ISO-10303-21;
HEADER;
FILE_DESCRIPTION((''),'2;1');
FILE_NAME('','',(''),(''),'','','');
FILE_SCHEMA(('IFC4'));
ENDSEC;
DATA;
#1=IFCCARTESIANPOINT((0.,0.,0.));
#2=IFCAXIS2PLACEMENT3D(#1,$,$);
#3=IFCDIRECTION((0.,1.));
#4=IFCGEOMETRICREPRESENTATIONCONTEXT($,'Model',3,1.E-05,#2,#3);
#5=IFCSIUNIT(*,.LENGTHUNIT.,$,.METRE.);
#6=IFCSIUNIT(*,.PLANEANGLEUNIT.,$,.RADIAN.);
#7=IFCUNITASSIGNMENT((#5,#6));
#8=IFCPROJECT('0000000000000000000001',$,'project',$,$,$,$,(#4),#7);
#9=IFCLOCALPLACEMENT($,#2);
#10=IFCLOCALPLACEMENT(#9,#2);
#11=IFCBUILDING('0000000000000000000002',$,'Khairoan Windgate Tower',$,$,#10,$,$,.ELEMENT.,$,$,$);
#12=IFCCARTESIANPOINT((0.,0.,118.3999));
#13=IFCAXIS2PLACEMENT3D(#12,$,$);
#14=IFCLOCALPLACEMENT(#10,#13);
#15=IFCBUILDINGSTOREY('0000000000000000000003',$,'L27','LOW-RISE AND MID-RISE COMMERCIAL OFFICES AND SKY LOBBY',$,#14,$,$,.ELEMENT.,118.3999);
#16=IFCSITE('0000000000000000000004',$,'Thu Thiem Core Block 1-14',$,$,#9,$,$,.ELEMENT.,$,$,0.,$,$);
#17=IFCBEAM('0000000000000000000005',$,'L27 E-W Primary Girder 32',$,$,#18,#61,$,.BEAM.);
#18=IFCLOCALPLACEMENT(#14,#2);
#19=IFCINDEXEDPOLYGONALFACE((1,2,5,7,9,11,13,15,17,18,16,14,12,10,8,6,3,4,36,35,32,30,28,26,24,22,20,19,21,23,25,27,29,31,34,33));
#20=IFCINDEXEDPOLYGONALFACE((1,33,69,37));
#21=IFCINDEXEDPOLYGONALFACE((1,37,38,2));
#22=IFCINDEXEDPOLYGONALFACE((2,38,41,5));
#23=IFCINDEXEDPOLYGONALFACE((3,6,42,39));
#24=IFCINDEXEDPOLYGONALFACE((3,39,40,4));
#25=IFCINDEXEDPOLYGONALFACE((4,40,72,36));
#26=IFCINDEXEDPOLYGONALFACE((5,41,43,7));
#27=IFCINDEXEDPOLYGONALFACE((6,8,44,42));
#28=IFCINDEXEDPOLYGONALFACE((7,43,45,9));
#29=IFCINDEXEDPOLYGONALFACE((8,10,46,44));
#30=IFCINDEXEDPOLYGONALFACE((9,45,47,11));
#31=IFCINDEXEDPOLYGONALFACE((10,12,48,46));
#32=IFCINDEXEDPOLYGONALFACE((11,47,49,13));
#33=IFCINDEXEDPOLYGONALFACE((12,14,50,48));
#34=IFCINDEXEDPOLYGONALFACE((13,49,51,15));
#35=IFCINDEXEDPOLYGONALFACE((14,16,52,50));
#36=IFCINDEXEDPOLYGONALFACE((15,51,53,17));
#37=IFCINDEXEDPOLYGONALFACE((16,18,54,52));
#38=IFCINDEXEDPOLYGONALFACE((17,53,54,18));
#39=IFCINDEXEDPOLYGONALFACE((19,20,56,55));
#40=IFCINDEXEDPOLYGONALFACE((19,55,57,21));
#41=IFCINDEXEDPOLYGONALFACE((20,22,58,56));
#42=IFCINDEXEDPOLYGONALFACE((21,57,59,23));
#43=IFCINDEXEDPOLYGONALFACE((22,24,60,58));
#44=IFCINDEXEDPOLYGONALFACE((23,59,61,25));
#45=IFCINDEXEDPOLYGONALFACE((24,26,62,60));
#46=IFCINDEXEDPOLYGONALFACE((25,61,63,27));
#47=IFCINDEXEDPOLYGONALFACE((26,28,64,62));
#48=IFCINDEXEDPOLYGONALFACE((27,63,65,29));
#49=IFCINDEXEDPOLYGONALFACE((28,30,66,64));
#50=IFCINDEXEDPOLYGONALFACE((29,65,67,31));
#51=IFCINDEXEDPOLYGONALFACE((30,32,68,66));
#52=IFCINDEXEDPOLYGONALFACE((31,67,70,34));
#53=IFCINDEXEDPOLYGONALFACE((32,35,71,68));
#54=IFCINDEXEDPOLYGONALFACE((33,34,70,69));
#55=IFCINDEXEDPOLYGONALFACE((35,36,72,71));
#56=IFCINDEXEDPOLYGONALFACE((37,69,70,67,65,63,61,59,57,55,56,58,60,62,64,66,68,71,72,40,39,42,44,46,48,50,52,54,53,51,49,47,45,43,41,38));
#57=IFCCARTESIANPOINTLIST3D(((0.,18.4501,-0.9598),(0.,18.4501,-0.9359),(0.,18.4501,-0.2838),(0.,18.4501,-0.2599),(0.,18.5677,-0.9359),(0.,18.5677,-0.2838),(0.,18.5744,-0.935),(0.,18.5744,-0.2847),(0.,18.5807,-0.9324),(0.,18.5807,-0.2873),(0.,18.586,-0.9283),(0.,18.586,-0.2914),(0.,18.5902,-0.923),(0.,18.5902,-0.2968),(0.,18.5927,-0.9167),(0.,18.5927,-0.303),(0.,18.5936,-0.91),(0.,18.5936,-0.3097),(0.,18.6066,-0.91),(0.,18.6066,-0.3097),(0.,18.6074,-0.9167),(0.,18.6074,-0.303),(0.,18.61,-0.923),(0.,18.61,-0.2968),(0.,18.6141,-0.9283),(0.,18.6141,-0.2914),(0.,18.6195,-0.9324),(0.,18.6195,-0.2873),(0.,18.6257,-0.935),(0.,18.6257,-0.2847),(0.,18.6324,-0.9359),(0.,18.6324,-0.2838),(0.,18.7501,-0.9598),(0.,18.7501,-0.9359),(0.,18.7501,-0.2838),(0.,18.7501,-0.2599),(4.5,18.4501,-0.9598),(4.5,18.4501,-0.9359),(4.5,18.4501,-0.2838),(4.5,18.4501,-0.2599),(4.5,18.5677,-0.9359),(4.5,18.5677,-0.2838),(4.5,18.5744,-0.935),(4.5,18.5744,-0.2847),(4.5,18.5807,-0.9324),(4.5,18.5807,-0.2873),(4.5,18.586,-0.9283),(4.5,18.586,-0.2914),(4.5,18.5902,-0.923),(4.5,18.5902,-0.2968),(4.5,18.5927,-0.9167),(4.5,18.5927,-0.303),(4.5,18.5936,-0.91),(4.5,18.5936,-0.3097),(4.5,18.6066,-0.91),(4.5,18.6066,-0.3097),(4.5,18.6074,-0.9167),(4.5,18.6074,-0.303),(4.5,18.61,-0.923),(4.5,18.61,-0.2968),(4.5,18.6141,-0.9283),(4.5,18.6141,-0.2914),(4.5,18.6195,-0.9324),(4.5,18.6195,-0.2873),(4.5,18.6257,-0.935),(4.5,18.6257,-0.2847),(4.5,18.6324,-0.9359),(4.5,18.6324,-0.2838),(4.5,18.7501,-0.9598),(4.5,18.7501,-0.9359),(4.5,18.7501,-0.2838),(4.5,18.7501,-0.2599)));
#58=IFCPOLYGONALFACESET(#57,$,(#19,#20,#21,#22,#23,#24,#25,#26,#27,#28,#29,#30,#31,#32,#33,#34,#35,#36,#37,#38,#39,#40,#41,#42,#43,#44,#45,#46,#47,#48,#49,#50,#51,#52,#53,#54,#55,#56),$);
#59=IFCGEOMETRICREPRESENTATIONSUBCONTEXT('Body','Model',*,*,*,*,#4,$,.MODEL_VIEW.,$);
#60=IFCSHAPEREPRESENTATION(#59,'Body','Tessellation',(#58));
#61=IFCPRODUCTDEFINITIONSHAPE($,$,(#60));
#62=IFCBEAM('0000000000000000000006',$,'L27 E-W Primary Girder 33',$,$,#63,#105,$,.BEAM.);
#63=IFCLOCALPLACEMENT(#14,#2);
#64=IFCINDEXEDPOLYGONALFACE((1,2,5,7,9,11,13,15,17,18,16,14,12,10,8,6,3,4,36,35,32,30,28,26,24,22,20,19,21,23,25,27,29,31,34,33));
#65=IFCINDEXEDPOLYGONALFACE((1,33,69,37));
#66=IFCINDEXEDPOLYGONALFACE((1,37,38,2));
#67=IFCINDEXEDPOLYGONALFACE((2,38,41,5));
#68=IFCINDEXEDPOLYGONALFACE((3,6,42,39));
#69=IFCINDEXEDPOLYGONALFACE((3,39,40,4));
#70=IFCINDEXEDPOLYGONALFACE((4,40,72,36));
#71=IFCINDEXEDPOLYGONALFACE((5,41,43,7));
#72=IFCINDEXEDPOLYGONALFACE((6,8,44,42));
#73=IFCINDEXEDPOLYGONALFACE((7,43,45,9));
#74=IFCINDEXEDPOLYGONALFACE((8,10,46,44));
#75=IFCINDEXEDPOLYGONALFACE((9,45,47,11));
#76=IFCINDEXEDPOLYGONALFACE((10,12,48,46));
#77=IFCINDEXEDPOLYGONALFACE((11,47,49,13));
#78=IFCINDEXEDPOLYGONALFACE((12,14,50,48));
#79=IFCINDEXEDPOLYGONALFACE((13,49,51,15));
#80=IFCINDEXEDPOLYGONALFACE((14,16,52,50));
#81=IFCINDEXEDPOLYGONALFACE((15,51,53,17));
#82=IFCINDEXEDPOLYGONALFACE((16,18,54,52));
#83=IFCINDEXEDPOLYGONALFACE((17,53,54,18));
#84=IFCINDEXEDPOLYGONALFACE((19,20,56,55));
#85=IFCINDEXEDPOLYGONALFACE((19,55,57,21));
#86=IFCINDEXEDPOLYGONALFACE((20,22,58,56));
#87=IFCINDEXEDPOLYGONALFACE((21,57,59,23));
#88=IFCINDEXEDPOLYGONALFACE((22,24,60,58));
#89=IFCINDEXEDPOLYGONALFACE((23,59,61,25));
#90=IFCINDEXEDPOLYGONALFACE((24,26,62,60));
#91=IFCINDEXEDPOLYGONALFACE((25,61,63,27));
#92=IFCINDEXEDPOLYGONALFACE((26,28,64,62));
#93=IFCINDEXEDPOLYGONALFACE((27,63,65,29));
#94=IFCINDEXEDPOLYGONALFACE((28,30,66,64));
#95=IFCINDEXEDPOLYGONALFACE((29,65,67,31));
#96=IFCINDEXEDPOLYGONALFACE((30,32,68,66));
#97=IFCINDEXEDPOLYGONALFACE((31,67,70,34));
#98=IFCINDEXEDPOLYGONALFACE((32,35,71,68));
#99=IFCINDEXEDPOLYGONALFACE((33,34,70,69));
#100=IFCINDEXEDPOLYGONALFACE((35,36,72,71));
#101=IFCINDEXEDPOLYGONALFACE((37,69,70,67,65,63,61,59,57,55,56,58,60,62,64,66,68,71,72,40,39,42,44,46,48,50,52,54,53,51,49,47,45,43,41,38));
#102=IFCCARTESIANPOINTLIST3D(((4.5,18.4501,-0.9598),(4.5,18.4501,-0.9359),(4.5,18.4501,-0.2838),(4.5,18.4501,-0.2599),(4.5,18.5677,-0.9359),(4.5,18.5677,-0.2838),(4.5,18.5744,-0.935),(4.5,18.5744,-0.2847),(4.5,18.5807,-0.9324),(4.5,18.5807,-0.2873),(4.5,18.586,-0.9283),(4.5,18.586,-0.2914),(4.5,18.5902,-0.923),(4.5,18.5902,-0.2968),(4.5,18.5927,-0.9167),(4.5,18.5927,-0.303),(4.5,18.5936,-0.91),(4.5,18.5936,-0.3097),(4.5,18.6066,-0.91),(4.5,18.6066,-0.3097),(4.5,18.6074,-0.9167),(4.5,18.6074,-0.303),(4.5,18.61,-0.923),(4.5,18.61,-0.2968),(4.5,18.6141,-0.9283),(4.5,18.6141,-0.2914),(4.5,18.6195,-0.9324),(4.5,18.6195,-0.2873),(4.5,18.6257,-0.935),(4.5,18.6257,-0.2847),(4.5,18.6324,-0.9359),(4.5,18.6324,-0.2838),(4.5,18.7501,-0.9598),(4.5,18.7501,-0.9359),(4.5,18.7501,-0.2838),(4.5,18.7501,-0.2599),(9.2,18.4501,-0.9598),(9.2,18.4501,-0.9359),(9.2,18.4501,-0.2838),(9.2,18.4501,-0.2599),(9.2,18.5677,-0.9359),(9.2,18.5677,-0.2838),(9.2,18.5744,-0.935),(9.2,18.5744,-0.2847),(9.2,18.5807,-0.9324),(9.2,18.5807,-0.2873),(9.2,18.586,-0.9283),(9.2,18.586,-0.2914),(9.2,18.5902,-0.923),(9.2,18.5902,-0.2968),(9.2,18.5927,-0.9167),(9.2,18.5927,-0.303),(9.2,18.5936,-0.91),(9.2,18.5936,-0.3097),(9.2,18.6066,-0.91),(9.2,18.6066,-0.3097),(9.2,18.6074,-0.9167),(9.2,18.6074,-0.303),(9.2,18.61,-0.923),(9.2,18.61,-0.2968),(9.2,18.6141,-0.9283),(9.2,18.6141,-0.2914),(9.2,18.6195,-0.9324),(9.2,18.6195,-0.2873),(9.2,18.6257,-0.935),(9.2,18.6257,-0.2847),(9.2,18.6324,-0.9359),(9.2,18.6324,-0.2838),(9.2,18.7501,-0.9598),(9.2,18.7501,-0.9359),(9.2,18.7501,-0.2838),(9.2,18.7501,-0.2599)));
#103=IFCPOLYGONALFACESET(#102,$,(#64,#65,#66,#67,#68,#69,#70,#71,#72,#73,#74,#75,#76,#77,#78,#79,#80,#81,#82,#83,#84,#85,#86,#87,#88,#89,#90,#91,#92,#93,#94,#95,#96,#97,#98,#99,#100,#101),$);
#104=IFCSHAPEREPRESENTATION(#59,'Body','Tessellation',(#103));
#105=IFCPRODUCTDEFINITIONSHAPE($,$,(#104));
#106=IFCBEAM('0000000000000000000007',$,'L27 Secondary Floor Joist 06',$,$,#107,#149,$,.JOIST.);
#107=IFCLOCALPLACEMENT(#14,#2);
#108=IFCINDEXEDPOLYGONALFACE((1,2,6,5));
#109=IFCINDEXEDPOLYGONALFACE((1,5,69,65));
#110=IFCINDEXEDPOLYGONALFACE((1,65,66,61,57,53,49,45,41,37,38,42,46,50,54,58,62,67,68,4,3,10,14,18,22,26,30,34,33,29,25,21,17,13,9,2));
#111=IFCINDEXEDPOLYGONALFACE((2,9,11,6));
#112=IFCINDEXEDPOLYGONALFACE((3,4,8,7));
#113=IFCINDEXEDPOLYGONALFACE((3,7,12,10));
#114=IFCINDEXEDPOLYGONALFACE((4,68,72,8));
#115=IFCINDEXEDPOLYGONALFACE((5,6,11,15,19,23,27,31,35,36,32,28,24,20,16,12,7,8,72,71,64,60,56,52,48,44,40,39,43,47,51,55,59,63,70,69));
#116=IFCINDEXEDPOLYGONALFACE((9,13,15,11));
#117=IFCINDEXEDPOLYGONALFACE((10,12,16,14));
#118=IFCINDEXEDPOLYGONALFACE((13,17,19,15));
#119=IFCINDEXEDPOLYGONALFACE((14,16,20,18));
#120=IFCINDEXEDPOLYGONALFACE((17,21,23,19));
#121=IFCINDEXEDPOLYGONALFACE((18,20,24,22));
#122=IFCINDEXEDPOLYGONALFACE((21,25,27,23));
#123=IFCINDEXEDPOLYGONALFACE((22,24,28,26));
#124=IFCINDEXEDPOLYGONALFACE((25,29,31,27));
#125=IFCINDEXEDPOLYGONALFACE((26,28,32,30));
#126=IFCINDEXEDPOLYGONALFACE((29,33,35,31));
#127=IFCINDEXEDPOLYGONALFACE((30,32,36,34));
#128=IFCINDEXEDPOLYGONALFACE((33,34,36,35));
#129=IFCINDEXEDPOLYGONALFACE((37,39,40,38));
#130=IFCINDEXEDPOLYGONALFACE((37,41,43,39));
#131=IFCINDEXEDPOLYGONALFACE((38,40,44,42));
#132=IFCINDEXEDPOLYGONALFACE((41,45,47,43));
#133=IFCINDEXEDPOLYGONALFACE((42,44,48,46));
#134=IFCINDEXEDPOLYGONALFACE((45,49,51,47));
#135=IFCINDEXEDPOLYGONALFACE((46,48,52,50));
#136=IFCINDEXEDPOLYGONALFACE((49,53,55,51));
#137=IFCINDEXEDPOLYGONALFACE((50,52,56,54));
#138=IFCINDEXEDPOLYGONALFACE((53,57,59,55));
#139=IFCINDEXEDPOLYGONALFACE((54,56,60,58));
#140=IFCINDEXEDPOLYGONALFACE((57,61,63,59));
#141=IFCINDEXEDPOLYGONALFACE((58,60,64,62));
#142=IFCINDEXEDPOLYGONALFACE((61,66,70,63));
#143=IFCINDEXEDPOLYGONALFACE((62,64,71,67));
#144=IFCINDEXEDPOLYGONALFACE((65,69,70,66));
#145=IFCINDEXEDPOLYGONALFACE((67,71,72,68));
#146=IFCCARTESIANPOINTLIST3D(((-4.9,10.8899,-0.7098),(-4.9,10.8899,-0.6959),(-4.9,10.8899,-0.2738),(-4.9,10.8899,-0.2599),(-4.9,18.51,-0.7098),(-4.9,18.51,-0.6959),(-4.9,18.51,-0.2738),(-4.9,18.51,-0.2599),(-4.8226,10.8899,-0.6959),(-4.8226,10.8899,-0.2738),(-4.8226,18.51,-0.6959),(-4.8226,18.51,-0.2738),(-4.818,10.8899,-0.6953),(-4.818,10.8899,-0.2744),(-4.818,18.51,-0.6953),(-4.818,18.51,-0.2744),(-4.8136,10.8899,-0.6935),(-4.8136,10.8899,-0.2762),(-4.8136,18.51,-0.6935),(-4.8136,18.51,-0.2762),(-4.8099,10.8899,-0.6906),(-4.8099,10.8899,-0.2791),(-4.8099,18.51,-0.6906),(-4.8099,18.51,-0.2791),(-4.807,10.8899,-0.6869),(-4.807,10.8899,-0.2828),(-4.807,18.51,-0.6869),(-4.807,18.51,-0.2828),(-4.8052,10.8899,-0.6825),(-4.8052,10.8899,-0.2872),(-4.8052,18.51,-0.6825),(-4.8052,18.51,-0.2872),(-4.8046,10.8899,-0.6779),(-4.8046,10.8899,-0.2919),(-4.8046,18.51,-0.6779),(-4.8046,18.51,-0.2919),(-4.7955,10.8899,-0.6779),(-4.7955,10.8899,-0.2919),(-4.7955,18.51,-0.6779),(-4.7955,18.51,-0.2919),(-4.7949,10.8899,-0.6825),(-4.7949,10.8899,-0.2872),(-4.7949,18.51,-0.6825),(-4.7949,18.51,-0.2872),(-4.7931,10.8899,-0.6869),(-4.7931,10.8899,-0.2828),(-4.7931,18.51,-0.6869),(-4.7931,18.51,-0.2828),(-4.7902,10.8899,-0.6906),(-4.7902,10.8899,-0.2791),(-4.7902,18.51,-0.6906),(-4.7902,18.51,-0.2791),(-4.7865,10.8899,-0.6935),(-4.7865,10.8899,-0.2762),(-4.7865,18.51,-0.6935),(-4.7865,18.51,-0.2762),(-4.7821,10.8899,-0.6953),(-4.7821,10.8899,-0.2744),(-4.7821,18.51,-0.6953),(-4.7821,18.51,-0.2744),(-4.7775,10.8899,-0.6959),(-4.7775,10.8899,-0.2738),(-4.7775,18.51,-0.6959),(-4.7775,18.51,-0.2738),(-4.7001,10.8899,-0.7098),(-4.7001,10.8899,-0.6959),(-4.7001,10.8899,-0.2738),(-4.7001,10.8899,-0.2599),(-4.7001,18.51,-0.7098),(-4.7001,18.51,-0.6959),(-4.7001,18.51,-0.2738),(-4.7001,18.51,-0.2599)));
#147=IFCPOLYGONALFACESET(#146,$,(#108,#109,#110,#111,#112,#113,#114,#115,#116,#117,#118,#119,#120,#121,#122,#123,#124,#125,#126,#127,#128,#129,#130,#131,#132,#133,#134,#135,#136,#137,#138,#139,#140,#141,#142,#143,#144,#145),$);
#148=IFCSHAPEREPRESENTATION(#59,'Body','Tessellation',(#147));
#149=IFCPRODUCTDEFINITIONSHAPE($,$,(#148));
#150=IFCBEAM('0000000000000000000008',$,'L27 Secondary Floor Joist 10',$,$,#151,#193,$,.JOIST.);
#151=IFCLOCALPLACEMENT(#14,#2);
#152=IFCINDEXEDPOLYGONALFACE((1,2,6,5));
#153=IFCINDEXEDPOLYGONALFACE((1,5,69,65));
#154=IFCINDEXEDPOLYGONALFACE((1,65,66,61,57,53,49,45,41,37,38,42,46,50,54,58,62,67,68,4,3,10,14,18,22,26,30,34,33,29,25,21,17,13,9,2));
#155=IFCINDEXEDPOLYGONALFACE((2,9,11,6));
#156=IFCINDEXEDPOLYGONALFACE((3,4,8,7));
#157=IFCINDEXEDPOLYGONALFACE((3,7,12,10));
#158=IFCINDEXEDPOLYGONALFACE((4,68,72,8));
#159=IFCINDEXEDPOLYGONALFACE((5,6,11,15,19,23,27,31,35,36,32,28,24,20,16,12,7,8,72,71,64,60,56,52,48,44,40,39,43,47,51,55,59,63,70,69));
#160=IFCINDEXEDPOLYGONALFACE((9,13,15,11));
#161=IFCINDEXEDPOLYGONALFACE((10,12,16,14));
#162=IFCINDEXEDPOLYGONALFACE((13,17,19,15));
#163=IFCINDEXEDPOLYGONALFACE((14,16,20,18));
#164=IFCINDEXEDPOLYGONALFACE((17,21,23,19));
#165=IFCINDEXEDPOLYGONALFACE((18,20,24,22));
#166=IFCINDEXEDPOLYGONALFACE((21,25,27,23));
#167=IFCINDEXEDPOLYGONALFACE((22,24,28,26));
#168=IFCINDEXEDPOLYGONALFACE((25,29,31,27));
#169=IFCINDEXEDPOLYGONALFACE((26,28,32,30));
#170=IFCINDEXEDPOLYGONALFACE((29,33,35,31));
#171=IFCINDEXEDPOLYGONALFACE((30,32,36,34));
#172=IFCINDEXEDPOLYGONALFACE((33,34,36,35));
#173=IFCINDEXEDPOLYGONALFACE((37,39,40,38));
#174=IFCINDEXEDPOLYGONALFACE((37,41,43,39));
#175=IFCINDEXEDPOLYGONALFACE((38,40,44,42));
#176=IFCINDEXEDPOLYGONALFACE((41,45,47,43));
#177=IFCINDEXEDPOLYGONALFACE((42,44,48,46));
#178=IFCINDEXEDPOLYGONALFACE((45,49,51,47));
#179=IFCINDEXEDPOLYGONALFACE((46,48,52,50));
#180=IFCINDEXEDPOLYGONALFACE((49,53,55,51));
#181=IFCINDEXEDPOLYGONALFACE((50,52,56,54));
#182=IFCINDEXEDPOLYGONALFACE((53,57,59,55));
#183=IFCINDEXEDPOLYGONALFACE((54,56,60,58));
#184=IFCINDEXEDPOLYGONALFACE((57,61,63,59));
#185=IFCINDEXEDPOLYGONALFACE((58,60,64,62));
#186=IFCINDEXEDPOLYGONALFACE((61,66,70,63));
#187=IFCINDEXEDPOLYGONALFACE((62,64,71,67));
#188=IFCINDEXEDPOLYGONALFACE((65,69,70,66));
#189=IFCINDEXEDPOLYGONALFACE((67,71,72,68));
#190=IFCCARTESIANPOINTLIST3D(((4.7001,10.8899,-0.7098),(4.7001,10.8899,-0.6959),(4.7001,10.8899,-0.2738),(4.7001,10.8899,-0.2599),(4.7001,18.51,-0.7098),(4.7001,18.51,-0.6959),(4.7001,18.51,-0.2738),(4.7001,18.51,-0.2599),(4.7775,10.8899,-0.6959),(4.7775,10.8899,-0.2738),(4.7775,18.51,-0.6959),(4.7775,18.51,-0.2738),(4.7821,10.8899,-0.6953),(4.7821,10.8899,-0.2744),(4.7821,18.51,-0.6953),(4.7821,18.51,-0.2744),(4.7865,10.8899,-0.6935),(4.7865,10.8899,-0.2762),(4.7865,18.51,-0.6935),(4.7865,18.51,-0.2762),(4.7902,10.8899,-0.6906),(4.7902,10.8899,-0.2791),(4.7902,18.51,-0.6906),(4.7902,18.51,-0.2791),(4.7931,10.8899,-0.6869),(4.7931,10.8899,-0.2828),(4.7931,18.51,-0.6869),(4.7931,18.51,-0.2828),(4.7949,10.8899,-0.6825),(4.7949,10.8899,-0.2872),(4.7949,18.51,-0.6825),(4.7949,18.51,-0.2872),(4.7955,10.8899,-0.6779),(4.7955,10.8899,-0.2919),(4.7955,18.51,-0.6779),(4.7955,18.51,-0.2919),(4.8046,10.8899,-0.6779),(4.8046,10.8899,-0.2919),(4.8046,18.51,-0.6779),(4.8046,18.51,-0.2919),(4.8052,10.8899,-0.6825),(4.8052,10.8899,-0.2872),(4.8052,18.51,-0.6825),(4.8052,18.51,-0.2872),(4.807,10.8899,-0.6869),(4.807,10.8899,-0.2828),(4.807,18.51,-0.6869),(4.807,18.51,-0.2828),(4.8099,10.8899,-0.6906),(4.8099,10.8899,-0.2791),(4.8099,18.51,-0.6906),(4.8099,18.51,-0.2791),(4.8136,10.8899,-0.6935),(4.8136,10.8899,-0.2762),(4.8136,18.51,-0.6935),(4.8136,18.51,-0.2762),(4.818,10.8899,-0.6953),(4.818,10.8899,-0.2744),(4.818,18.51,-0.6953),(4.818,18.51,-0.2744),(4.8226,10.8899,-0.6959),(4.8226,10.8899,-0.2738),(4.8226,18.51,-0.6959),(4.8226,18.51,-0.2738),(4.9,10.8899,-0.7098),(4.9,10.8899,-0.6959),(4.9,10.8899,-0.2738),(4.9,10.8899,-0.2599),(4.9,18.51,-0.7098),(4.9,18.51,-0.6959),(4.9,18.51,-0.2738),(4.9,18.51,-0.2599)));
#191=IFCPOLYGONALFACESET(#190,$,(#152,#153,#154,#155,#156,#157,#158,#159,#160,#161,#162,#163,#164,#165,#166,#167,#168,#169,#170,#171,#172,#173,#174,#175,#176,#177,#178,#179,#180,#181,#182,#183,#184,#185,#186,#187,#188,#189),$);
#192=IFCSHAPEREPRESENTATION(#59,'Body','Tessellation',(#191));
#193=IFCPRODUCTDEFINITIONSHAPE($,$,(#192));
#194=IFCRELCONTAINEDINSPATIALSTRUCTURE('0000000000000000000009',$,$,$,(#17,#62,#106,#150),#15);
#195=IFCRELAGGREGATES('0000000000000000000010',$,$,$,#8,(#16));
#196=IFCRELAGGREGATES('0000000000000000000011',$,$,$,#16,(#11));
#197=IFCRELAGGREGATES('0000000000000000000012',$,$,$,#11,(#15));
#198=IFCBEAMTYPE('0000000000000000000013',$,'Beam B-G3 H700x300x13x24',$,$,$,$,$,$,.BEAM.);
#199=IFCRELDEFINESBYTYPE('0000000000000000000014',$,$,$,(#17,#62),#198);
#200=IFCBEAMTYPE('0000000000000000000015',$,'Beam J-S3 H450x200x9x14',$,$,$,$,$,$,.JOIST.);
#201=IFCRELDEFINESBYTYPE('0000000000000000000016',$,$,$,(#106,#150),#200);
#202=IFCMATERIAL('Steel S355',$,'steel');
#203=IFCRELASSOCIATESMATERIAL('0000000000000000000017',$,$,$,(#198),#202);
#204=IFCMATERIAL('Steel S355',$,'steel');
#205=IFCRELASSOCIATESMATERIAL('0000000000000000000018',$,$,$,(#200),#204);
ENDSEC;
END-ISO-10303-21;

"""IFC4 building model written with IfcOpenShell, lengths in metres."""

from ifc_helpers import new_model, si_unit, direction, frame, origin, origin_2d, place, context, subcontext, project, spatial, i_section, extrude, material, material_profile, profile_set, type_object, element, save


model = new_model("IFC4")

# Units and contexts
model_context = context("Model", 3, precision=1e-05, world=origin(), true_north=direction((0.0, 1.0)))
body_context = subcontext(model_context, "Body", "Model", "MODEL_VIEW")
ifc_project = project(units=[si_unit("LENGTHUNIT", "METRE"), si_unit("PLANEANGLEUNIT", "RADIAN")], contexts=[model_context])

# Site, building, storey
site_placement = place(None, origin())
site = spatial("IfcSite", under=ifc_project, at=site_placement, Name="Thu Thiem Core Block 1-14", CompositionType="ELEMENT", RefElevation=0.0)
building_placement = place(site_placement, origin())
building = spatial("IfcBuilding", under=site, at=building_placement, Name="Khairoan Windgate Tower", CompositionType="ELEMENT")
storey_placement = place(building_placement, frame((0.0, 0.0, 118.3999)))
storey = spatial("IfcBuildingStorey", under=building, at=storey_placement, Name="L27", Description="LOW-RISE AND MID-RISE COMMERCIAL OFFICES AND SKY LOBBY", CompositionType="ELEMENT", Elevation=118.3999)

# Beams
ifc_material_1 = material(Name="Steel S355", Category="steel")
ifc_material_profile_1 = material_profile(ifc_material_1, i_section(OverallWidth=0.3, OverallDepth=0.7, WebThickness=0.0129, FlangeThickness=0.0239, FilletRadius=0.0259, at=origin_2d()))
ifc_profile_set_1 = profile_set([ifc_material_profile_1], Name="Steel S355")
beam_type_1 = type_object("IfcBeamType", Name="Beam B-G3 H700x300x13x24", PredefinedType="BEAM", material=ifc_profile_set_1)
for number, where, z_axis, x_axis, name in (
    (1, (0.0, 18.6001, -0.6099), (1.0, 0.0, 0.0), (0.0, 1.0, 0.0), "L27 E-W Primary Girder 32"),
):
    element("IfcBeam", number, at=place(storey_placement, frame(where, z_axis=z_axis, x_axis=x_axis)), inside=storey, type_object=beam_type_1, Name=name, PredefinedType="BEAM", context=body_context, shape_type="SweptSolid", body=[
        extrude(i_section(OverallWidth=0.3, OverallDepth=0.7, WebThickness=0.0129, FlangeThickness=0.0239, FilletRadius=0.0259, at=origin_2d()), origin(), (0.0, 0.0, 1.0), 4.5),
    ])
beam_1_placement = place(storey_placement, frame((4.5, 18.6001, -0.6099), z_axis=(1.0, 0.0, 0.0), x_axis=(0.0, 1.0, 0.0)))
element("IfcBeam", 2, at=beam_1_placement, inside=storey, type_object=beam_type_1, Name="L27 E-W Primary Girder 33", PredefinedType="BEAM", context=body_context, shape_type="SweptSolid", body=[
    extrude(i_section(OverallWidth=0.3, OverallDepth=0.7, WebThickness=0.0129, FlangeThickness=0.0239, FilletRadius=0.0259, at=origin_2d()), origin(), (0.0, 0.0, 1.0), 4.7),
])
ifc_material_2 = material(Name="Steel S355", Category="steel")
ifc_material_profile_2 = material_profile(ifc_material_2, i_section(OverallWidth=0.2, OverallDepth=0.45, WebThickness=0.009, FlangeThickness=0.0139, FilletRadius=0.0181, at=origin_2d()))
ifc_profile_set_2 = profile_set([ifc_material_profile_2], Name="Steel S355")
beam_type_2 = type_object("IfcBeamType", Name="Beam J-S3 H450x200x9x14", PredefinedType="JOIST", material=ifc_profile_set_2)
for number, where, z_axis, x_axis, name in (
    (3, (-4.8, 10.8899, -0.4849), (0.0, 1.0, 0.0), (-1.0, 0.0, 0.0), "L27 Secondary Floor Joist 06"),
    (4, (4.8, 10.8899, -0.4849), (0.0, 1.0, 0.0), (-1.0, 0.0, 0.0), "L27 Secondary Floor Joist 10"),
):
    element("IfcBeam", number, at=place(storey_placement, frame(where, z_axis=z_axis, x_axis=x_axis)), inside=storey, type_object=beam_type_2, Name=name, PredefinedType="JOIST", context=body_context, shape_type="SweptSolid", body=[
        extrude(i_section(OverallWidth=0.2, OverallDepth=0.45, WebThickness=0.009, FlangeThickness=0.0139, FilletRadius=0.0181, at=origin_2d()), origin(), (0.0, 0.0, 1.0), 7.6201),
    ])

save(model, "model.ifc")
